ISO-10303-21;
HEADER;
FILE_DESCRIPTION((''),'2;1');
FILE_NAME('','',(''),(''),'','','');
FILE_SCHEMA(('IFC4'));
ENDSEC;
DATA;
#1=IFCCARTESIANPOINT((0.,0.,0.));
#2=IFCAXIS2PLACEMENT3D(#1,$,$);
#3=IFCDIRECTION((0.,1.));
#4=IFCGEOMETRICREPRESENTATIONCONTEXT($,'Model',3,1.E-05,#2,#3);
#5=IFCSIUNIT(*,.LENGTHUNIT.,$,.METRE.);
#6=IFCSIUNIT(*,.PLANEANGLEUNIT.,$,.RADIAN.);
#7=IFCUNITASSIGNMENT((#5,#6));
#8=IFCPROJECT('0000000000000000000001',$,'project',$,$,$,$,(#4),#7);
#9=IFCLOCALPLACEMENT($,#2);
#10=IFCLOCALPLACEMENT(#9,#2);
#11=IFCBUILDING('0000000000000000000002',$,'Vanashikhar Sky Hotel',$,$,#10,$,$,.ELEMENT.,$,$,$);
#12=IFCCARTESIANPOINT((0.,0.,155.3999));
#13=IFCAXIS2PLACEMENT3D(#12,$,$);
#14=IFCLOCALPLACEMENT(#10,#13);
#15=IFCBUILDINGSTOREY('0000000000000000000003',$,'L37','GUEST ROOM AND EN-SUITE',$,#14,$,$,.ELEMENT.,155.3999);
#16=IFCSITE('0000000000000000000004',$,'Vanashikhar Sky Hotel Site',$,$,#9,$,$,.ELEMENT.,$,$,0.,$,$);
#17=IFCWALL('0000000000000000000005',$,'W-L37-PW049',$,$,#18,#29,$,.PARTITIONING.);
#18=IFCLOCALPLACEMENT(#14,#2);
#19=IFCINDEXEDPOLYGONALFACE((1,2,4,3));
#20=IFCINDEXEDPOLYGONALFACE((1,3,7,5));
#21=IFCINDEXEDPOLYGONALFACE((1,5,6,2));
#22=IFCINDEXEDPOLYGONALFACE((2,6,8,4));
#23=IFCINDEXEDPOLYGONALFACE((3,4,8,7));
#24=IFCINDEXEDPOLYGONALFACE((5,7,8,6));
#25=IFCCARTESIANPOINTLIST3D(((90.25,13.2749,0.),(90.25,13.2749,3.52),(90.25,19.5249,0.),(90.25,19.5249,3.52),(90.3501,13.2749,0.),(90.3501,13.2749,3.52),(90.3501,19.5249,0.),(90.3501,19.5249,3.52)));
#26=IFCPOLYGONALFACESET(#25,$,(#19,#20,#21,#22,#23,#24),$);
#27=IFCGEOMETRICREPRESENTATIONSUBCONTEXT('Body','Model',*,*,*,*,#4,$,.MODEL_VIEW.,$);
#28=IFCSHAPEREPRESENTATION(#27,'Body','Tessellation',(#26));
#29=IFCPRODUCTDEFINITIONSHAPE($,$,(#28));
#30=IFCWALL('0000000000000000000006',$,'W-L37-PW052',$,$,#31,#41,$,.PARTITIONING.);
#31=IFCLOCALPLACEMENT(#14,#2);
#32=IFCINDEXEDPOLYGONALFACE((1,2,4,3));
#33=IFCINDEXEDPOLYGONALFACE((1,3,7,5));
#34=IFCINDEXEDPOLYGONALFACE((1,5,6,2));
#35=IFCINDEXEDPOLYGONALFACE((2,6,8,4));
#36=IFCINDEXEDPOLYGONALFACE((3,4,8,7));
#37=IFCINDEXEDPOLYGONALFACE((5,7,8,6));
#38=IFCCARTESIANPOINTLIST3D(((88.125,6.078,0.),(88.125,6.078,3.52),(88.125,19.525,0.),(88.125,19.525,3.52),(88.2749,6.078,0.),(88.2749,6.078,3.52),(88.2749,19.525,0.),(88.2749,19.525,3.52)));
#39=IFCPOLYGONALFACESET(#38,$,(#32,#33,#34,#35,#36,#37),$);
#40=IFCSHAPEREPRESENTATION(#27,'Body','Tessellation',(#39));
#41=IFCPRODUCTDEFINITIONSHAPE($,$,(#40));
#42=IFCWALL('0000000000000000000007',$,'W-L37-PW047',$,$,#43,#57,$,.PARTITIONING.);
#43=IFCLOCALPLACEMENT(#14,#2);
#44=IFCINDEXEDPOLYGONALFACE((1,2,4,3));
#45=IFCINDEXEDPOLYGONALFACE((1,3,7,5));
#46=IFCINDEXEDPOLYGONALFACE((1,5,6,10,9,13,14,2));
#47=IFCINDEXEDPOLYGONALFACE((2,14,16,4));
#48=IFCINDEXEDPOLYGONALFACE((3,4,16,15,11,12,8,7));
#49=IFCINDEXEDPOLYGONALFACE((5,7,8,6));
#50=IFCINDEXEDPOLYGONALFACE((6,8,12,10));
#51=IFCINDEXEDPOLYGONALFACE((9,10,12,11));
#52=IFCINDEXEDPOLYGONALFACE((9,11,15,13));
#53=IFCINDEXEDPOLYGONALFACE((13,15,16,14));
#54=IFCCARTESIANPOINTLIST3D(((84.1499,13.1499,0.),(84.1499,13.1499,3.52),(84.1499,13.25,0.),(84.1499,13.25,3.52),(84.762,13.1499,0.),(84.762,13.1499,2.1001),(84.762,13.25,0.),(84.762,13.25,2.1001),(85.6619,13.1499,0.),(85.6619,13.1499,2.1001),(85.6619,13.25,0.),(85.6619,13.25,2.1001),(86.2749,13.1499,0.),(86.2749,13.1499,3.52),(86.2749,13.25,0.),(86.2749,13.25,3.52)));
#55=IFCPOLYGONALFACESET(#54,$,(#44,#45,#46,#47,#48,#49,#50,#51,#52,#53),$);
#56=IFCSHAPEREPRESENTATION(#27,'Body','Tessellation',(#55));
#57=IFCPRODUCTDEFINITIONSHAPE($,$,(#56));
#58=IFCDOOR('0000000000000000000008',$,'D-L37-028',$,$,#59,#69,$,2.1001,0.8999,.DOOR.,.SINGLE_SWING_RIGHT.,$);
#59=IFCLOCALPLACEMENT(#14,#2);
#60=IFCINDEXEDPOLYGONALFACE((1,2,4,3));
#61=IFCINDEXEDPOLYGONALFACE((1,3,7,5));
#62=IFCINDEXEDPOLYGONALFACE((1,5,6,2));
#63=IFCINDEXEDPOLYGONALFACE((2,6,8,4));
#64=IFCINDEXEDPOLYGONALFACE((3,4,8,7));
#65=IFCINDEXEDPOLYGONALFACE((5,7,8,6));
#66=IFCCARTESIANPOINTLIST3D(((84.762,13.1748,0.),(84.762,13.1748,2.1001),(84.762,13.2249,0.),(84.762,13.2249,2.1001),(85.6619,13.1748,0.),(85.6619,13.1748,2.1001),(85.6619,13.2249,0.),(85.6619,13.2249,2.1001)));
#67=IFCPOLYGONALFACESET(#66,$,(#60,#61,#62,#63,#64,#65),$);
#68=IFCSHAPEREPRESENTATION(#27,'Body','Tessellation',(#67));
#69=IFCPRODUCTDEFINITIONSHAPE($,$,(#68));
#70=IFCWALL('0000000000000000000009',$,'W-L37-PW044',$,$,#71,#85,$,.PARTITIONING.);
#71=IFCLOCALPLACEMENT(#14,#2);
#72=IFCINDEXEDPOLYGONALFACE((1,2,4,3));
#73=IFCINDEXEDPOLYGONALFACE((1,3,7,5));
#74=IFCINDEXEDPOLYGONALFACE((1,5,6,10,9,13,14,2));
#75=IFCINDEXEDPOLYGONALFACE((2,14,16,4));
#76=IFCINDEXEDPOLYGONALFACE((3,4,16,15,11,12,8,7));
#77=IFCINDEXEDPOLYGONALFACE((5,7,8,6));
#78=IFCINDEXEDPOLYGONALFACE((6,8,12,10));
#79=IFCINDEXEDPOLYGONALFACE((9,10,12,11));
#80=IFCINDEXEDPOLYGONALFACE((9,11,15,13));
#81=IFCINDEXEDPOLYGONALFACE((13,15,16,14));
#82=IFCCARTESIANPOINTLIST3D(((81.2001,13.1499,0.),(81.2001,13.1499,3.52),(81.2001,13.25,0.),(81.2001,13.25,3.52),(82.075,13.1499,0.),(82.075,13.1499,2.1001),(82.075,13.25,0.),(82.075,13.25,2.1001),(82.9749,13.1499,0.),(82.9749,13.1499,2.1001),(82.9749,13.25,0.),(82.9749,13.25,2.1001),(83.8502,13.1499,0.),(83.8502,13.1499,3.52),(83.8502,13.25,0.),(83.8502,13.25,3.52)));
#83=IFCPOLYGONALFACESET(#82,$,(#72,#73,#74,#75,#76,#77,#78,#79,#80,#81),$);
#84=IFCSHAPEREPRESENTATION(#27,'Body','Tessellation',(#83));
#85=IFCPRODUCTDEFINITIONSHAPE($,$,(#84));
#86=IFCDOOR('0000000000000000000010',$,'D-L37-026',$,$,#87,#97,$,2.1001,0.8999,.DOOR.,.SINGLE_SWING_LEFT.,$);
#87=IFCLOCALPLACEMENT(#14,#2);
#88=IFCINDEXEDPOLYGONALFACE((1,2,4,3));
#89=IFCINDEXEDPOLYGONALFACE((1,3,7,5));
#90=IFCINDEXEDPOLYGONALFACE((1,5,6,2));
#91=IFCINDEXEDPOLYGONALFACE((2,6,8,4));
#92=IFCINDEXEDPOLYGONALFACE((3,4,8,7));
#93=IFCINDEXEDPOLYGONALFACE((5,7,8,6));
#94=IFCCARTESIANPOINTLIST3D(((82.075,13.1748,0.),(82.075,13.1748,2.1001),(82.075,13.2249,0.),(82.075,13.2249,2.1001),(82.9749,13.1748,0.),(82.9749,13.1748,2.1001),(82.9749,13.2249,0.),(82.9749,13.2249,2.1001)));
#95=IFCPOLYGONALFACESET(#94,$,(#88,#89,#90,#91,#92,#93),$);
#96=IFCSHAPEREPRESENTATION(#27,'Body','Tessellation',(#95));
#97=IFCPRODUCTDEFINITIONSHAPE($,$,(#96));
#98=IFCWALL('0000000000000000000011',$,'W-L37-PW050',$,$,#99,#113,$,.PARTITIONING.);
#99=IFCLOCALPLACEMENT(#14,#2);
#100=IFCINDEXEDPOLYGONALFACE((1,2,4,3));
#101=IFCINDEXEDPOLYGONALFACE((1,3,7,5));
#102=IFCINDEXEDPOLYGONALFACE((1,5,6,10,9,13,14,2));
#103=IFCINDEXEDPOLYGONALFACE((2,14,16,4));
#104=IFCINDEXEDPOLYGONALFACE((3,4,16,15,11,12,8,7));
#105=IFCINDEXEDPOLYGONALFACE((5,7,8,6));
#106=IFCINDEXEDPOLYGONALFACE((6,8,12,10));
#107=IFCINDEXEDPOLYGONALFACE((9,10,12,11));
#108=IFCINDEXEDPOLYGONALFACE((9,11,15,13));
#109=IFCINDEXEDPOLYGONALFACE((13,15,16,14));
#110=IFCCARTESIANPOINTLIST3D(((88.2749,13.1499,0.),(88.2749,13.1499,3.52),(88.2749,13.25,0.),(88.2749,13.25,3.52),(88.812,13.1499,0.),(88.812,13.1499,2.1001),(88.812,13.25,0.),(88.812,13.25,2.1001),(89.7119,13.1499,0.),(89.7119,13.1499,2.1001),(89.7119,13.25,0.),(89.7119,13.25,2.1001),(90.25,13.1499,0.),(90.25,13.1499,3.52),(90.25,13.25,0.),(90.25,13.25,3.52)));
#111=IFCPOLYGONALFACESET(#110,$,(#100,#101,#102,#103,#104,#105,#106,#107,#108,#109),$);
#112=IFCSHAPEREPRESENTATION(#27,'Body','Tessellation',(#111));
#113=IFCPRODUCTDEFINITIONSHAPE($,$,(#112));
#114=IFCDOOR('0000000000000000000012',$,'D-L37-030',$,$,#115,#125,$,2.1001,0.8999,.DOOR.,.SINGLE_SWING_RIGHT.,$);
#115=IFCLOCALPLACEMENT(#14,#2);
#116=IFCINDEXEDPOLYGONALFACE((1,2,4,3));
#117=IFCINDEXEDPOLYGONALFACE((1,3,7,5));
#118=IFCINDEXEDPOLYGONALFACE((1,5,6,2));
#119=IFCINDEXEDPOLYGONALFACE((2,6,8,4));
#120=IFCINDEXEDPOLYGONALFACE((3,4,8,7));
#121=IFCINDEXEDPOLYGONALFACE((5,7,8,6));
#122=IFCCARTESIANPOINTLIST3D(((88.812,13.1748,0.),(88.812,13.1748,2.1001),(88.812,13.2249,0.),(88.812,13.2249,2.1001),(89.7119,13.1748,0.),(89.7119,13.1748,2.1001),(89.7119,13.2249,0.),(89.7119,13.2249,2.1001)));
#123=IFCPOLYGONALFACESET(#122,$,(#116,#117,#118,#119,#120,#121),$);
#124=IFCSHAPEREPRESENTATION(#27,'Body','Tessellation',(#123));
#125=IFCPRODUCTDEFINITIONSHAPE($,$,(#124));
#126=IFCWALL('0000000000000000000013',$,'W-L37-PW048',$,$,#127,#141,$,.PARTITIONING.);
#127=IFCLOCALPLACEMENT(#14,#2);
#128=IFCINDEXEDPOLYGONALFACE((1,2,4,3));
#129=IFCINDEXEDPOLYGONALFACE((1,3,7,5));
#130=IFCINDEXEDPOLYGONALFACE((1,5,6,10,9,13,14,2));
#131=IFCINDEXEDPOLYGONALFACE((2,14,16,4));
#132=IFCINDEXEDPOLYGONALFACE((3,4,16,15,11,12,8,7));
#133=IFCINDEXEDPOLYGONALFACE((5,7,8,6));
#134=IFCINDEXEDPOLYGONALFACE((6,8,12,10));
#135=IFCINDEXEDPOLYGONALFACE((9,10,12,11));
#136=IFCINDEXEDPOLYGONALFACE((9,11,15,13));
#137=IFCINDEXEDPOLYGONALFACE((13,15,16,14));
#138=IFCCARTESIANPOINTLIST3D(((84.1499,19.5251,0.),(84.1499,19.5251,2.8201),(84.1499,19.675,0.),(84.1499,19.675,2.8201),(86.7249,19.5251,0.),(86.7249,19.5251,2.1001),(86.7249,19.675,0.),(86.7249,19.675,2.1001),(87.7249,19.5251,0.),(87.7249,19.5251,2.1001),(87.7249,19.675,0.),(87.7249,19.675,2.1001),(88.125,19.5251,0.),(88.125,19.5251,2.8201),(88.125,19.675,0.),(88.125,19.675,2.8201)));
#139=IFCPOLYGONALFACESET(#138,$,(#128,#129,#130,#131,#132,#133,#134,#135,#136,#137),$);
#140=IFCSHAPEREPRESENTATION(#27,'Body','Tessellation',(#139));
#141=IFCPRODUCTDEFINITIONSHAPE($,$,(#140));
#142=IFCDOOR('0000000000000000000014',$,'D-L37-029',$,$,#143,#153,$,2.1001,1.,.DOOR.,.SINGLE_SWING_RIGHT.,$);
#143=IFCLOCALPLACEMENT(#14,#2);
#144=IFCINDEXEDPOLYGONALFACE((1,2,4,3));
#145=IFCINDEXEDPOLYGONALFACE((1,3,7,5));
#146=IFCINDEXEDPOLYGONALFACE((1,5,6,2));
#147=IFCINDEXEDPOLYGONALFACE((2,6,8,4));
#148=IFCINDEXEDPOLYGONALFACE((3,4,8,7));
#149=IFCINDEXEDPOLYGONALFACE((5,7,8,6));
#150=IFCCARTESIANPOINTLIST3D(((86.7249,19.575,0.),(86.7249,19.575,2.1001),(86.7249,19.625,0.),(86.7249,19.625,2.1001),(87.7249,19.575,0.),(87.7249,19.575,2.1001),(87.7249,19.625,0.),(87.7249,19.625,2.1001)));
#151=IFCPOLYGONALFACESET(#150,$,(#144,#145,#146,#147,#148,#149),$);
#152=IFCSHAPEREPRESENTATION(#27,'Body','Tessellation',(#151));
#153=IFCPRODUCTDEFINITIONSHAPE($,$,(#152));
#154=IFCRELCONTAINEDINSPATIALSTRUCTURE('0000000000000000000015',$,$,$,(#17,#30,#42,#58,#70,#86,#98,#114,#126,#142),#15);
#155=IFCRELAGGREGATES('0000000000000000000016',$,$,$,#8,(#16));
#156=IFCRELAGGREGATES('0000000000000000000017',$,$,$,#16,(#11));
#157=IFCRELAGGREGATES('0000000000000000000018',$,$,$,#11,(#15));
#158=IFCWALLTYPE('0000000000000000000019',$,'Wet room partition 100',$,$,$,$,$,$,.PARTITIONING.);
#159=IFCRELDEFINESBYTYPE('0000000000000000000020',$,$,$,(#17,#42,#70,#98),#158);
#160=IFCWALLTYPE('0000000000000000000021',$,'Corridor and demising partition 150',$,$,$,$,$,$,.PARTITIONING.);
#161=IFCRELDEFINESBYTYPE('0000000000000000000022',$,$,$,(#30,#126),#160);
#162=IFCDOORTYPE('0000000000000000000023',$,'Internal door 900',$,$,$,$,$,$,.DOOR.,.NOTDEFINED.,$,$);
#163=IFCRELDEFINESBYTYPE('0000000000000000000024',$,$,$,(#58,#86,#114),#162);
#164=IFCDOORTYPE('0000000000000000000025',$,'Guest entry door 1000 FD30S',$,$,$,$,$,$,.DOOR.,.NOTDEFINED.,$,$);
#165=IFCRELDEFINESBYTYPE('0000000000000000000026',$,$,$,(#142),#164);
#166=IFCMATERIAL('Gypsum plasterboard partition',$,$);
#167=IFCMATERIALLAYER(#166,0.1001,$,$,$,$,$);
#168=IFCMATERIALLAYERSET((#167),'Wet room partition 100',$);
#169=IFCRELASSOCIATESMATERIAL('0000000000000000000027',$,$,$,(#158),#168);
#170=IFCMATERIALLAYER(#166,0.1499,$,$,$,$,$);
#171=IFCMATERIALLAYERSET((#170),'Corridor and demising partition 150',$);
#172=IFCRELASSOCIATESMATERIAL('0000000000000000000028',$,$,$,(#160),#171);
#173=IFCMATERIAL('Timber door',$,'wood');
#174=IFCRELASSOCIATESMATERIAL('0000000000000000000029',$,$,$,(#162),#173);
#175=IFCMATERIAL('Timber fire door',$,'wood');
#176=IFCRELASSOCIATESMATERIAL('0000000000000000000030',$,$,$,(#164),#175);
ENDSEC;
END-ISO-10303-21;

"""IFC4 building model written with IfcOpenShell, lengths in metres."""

from ifc_helpers import new_model, si_unit, direction, frame, frame_2d, origin, place, context, subcontext, project, spatial, rectangle, extrude, source, transform, mapped, material, layer, layer_set, type_object, element, fill, save


model = new_model("IFC4")

# Units and contexts
model_context = context("Model", 3, precision=1e-05, world=origin(), true_north=direction((0.0, 1.0)))
body_context = subcontext(model_context, "Body", "Model", "MODEL_VIEW")
ifc_project = project(units=[si_unit("LENGTHUNIT", "METRE"), si_unit("PLANEANGLEUNIT", "RADIAN")], contexts=[model_context])

# Site, building, storey
site_placement = place(None, origin())
site = spatial("IfcSite", under=ifc_project, at=site_placement, Name="Vanashikhar Sky Hotel Site", CompositionType="ELEMENT", RefElevation=0.0)
building_placement = place(site_placement, origin())
building = spatial("IfcBuilding", under=site, at=building_placement, Name="Vanashikhar Sky Hotel", CompositionType="ELEMENT")
storey_placement = place(building_placement, frame((0.0, 0.0, 155.3999)))
storey = spatial("IfcBuildingStorey", under=building, at=storey_placement, Name="L37", Description="GUEST ROOM AND EN-SUITE", CompositionType="ELEMENT", Elevation=155.3999)

# Walls
ifc_material_1 = material(Name="Gypsum plasterboard partition")
ifc_layer_1 = layer(ifc_material_1, 0.1001)
ifc_layer_set_1 = layer_set([ifc_layer_1], Name="Wet room partition 100")
wall_type_1 = type_object("IfcWallType", Name="Wet room partition 100", PredefinedType="PARTITIONING", material=ifc_layer_set_1)
shared_shape_1 = source(origin(), body_context, "Body", "SweptSolid", [
    extrude(rectangle(XDim=6.25, YDim=0.1001, at=frame_2d((3.125, 0.0))), origin(), (0.0, 0.0, 1.0), 3.52),
])
for number, where, z_axis, x_axis, name in (
    (1, (90.3, 13.2749, 0.0), (0.0, 0.0, 1.0), (0.0, 1.0, 0.0), "W-L37-PW049"),
):
    element("IfcWall", number, at=place(storey_placement, frame(where, z_axis=z_axis, x_axis=x_axis)), inside=storey, type_object=wall_type_1, Name=name, PredefinedType="PARTITIONING", context=body_context, shape_type="MappedRepresentation", body=[
        mapped(shared_shape_1, transform((0.0, 0.0, 0.0), scale=1.0)),
    ])
ifc_layer_2 = layer(ifc_material_1, 0.1499)
ifc_layer_set_2 = layer_set([ifc_layer_2], Name="Corridor and demising partition 150")
wall_type_2 = type_object("IfcWallType", Name="Corridor and demising partition 150", PredefinedType="PARTITIONING", material=ifc_layer_set_2)
shared_shape_2 = source(origin(), body_context, "Body", "SweptSolid", [
    extrude(rectangle(XDim=13.447, YDim=0.1499, at=frame_2d((6.7236, 0.0))), origin(), (0.0, 0.0, 1.0), 3.52),
])
wall_1_placement = place(storey_placement, frame((88.2, 6.0779, 0.0), z_axis=(0.0, 0.0, 1.0), x_axis=(0.0, 1.0, 0.0)))
element("IfcWall", 2, at=wall_1_placement, inside=storey, type_object=wall_type_2, Name="W-L37-PW052", PredefinedType="PARTITIONING", context=body_context, shape_type="MappedRepresentation", body=[
    mapped(shared_shape_2, transform((0.0, 0.0, 0.0), scale=1.0)),
])

# Walls, openings, doors
shared_shape_3 = source(origin(), body_context, "Body", "SweptSolid", [
    extrude(rectangle(XDim=2.125, YDim=0.1001, at=frame_2d((1.0625, 0.0))), origin(), (0.0, 0.0, 1.0), 3.52),
])
wall_2_placement = place(storey_placement, frame((84.1499, 13.2, 0.0), z_axis=(0.0, 0.0, 1.0), x_axis=(1.0, 0.0, 0.0)))
wall_2 = element("IfcWall", 3, at=wall_2_placement, inside=storey, type_object=wall_type_1, Name="W-L37-PW047", PredefinedType="PARTITIONING", context=body_context, shape_type="MappedRepresentation", body=[
    mapped(shared_shape_3, transform((0.0, 0.0, 0.0), scale=1.0)),
])
shared_shape_4 = source(origin(), body_context, "Body", "SweptSolid", [
    extrude(rectangle(XDim=0.8999, YDim=2.1001, at=frame_2d((0.45, 1.05))), frame((0.0, 0.0601, 0.0), z_axis=(0.0, -1.0, 0.0), x_axis=(1.0, 0.0, 0.0)), (0.0, 0.0, 1.0), 0.1201),
])
opening_1_placement = place(wall_2_placement, frame((0.6121, 0.0, 0.0)))
opening_1 = element("IfcOpeningElement", 4, at=opening_1_placement, cuts=wall_2, PredefinedType="OPENING", context=body_context, shape_type="MappedRepresentation", body=[
    mapped(shared_shape_4, transform((0.0, 0.0, 0.0), scale=1.0)),
])
ifc_material_2 = material(Name="Timber door", Category="wood")
door_type_1 = type_object("IfcDoorType", Name="Internal door 900", OperationType="NOTDEFINED", PredefinedType="DOOR", material=ifc_material_2)
shared_shape_5 = source(origin(), body_context, "Body", "SweptSolid", [
    extrude(rectangle(XDim=0.8999, YDim=2.1001, at=frame_2d((0.45, 1.05))), frame((0.0, 0.0249, 0.0), z_axis=(0.0, -1.0, 0.0), x_axis=(1.0, 0.0, 0.0)), (0.0, 0.0, 1.0), 0.05),
])
door_1_placement = place(opening_1_placement, origin())
door_1 = element("IfcDoor", 5, at=door_1_placement, inside=storey, type_object=door_type_1, Name="D-L37-028", OperationType="SINGLE_SWING_RIGHT", OverallHeight=2.1001, OverallWidth=0.8999, PredefinedType="DOOR", context=body_context, shape_type="MappedRepresentation", body=[
    mapped(shared_shape_5, transform((0.0, 0.0, 0.0), scale=1.0)),
])
fill(opening_1, door_1)
shared_shape_6 = source(origin(), body_context, "Body", "SweptSolid", [
    extrude(rectangle(XDim=2.6501, YDim=0.1001, at=frame_2d((1.3252, 0.0))), origin(), (0.0, 0.0, 1.0), 3.52),
])
wall_3_placement = place(storey_placement, frame((81.2, 13.2, 0.0), z_axis=(0.0, 0.0, 1.0), x_axis=(1.0, 0.0, 0.0)))
wall_3 = element("IfcWall", 6, at=wall_3_placement, inside=storey, type_object=wall_type_1, Name="W-L37-PW044", PredefinedType="PARTITIONING", context=body_context, shape_type="MappedRepresentation", body=[
    mapped(shared_shape_6, transform((0.0, 0.0, 0.0), scale=1.0)),
])
opening_2_placement = place(wall_3_placement, frame((0.875, 0.0, 0.0)))
opening_2 = element("IfcOpeningElement", 7, at=opening_2_placement, cuts=wall_3, PredefinedType="OPENING", context=body_context, shape_type="MappedRepresentation", body=[
    mapped(shared_shape_4, transform((0.0, 0.0, 0.0), scale=1.0)),
])
door_2_placement = place(opening_2_placement, origin())
door_2 = element("IfcDoor", 8, at=door_2_placement, inside=storey, type_object=door_type_1, Name="D-L37-026", OperationType="SINGLE_SWING_LEFT", OverallHeight=2.1001, OverallWidth=0.8999, PredefinedType="DOOR", context=body_context, shape_type="MappedRepresentation", body=[
    mapped(shared_shape_5, transform((0.0, 0.0, 0.0), scale=1.0)),
])
fill(opening_2, door_2)
shared_shape_7 = source(origin(), body_context, "Body", "SweptSolid", [
    extrude(rectangle(XDim=1.9751, YDim=0.1001, at=frame_2d((0.9875, 0.0))), origin(), (0.0, 0.0, 1.0), 3.52),
])
wall_4_placement = place(storey_placement, frame((88.2749, 13.2, 0.0), z_axis=(0.0, 0.0, 1.0), x_axis=(1.0, 0.0, 0.0)))
wall_4 = element("IfcWall", 9, at=wall_4_placement, inside=storey, type_object=wall_type_1, Name="W-L37-PW050", PredefinedType="PARTITIONING", context=body_context, shape_type="MappedRepresentation", body=[
    mapped(shared_shape_7, transform((0.0, 0.0, 0.0), scale=1.0)),
])
opening_3_placement = place(wall_4_placement, frame((0.5371, 0.0, 0.0)))
opening_3 = element("IfcOpeningElement", 10, at=opening_3_placement, cuts=wall_4, PredefinedType="OPENING", context=body_context, shape_type="MappedRepresentation", body=[
    mapped(shared_shape_4, transform((0.0, 0.0, 0.0), scale=1.0)),
])
door_3_placement = place(opening_3_placement, origin())
door_3 = element("IfcDoor", 11, at=door_3_placement, inside=storey, type_object=door_type_1, Name="D-L37-030", OperationType="SINGLE_SWING_RIGHT", OverallHeight=2.1001, OverallWidth=0.8999, PredefinedType="DOOR", context=body_context, shape_type="MappedRepresentation", body=[
    mapped(shared_shape_5, transform((0.0, 0.0, 0.0), scale=1.0)),
])
fill(opening_3, door_3)
shared_shape_8 = source(origin(), body_context, "Body", "SweptSolid", [
    extrude(rectangle(XDim=3.9751, YDim=0.1499, at=frame_2d((1.9875, 0.0))), origin(), (0.0, 0.0, 1.0), 2.8201),
])
wall_5_placement = place(storey_placement, frame((84.1499, 19.6001, 0.0), z_axis=(0.0, 0.0, 1.0), x_axis=(1.0, 0.0, 0.0)))
wall_5 = element("IfcWall", 12, at=wall_5_placement, inside=storey, type_object=wall_type_2, Name="W-L37-PW048", PredefinedType="PARTITIONING", context=body_context, shape_type="MappedRepresentation", body=[
    mapped(shared_shape_8, transform((0.0, 0.0, 0.0), scale=1.0)),
])
shared_shape_9 = source(origin(), body_context, "Body", "SweptSolid", [
    extrude(rectangle(XDim=1.0, YDim=2.1001, at=frame_2d((0.5, 1.05))), frame((0.0, 0.085, 0.0), z_axis=(0.0, -1.0, 0.0), x_axis=(1.0, 0.0, 0.0)), (0.0, 0.0, 1.0), 0.1699),
])
opening_4_placement = place(wall_5_placement, frame((2.575, 0.0, 0.0)))
opening_4 = element("IfcOpeningElement", 13, at=opening_4_placement, cuts=wall_5, PredefinedType="OPENING", context=body_context, shape_type="MappedRepresentation", body=[
    mapped(shared_shape_9, transform((0.0, 0.0, 0.0), scale=1.0)),
])
ifc_material_3 = material(Name="Timber fire door", Category="wood")
door_type_2 = type_object("IfcDoorType", Name="Guest entry door 1000 FD30S", OperationType="NOTDEFINED", PredefinedType="DOOR", material=ifc_material_3)
shared_shape_10 = source(origin(), body_context, "Body", "SweptSolid", [
    extrude(rectangle(XDim=1.0, YDim=2.1001, at=frame_2d((0.5, 1.05))), frame((0.0, 0.0249, 0.0), z_axis=(0.0, -1.0, 0.0), x_axis=(1.0, 0.0, 0.0)), (0.0, 0.0, 1.0), 0.05),
])
door_4_placement = place(opening_4_placement, origin())
door_4 = element("IfcDoor", 14, at=door_4_placement, inside=storey, type_object=door_type_2, Name="D-L37-029", OperationType="SINGLE_SWING_RIGHT", OverallHeight=2.1001, OverallWidth=1.0, PredefinedType="DOOR", context=body_context, shape_type="MappedRepresentation", body=[
    mapped(shared_shape_10, transform((0.0, 0.0, 0.0), scale=1.0)),
])
fill(opening_4, door_4)

save(model, "model.ifc")
